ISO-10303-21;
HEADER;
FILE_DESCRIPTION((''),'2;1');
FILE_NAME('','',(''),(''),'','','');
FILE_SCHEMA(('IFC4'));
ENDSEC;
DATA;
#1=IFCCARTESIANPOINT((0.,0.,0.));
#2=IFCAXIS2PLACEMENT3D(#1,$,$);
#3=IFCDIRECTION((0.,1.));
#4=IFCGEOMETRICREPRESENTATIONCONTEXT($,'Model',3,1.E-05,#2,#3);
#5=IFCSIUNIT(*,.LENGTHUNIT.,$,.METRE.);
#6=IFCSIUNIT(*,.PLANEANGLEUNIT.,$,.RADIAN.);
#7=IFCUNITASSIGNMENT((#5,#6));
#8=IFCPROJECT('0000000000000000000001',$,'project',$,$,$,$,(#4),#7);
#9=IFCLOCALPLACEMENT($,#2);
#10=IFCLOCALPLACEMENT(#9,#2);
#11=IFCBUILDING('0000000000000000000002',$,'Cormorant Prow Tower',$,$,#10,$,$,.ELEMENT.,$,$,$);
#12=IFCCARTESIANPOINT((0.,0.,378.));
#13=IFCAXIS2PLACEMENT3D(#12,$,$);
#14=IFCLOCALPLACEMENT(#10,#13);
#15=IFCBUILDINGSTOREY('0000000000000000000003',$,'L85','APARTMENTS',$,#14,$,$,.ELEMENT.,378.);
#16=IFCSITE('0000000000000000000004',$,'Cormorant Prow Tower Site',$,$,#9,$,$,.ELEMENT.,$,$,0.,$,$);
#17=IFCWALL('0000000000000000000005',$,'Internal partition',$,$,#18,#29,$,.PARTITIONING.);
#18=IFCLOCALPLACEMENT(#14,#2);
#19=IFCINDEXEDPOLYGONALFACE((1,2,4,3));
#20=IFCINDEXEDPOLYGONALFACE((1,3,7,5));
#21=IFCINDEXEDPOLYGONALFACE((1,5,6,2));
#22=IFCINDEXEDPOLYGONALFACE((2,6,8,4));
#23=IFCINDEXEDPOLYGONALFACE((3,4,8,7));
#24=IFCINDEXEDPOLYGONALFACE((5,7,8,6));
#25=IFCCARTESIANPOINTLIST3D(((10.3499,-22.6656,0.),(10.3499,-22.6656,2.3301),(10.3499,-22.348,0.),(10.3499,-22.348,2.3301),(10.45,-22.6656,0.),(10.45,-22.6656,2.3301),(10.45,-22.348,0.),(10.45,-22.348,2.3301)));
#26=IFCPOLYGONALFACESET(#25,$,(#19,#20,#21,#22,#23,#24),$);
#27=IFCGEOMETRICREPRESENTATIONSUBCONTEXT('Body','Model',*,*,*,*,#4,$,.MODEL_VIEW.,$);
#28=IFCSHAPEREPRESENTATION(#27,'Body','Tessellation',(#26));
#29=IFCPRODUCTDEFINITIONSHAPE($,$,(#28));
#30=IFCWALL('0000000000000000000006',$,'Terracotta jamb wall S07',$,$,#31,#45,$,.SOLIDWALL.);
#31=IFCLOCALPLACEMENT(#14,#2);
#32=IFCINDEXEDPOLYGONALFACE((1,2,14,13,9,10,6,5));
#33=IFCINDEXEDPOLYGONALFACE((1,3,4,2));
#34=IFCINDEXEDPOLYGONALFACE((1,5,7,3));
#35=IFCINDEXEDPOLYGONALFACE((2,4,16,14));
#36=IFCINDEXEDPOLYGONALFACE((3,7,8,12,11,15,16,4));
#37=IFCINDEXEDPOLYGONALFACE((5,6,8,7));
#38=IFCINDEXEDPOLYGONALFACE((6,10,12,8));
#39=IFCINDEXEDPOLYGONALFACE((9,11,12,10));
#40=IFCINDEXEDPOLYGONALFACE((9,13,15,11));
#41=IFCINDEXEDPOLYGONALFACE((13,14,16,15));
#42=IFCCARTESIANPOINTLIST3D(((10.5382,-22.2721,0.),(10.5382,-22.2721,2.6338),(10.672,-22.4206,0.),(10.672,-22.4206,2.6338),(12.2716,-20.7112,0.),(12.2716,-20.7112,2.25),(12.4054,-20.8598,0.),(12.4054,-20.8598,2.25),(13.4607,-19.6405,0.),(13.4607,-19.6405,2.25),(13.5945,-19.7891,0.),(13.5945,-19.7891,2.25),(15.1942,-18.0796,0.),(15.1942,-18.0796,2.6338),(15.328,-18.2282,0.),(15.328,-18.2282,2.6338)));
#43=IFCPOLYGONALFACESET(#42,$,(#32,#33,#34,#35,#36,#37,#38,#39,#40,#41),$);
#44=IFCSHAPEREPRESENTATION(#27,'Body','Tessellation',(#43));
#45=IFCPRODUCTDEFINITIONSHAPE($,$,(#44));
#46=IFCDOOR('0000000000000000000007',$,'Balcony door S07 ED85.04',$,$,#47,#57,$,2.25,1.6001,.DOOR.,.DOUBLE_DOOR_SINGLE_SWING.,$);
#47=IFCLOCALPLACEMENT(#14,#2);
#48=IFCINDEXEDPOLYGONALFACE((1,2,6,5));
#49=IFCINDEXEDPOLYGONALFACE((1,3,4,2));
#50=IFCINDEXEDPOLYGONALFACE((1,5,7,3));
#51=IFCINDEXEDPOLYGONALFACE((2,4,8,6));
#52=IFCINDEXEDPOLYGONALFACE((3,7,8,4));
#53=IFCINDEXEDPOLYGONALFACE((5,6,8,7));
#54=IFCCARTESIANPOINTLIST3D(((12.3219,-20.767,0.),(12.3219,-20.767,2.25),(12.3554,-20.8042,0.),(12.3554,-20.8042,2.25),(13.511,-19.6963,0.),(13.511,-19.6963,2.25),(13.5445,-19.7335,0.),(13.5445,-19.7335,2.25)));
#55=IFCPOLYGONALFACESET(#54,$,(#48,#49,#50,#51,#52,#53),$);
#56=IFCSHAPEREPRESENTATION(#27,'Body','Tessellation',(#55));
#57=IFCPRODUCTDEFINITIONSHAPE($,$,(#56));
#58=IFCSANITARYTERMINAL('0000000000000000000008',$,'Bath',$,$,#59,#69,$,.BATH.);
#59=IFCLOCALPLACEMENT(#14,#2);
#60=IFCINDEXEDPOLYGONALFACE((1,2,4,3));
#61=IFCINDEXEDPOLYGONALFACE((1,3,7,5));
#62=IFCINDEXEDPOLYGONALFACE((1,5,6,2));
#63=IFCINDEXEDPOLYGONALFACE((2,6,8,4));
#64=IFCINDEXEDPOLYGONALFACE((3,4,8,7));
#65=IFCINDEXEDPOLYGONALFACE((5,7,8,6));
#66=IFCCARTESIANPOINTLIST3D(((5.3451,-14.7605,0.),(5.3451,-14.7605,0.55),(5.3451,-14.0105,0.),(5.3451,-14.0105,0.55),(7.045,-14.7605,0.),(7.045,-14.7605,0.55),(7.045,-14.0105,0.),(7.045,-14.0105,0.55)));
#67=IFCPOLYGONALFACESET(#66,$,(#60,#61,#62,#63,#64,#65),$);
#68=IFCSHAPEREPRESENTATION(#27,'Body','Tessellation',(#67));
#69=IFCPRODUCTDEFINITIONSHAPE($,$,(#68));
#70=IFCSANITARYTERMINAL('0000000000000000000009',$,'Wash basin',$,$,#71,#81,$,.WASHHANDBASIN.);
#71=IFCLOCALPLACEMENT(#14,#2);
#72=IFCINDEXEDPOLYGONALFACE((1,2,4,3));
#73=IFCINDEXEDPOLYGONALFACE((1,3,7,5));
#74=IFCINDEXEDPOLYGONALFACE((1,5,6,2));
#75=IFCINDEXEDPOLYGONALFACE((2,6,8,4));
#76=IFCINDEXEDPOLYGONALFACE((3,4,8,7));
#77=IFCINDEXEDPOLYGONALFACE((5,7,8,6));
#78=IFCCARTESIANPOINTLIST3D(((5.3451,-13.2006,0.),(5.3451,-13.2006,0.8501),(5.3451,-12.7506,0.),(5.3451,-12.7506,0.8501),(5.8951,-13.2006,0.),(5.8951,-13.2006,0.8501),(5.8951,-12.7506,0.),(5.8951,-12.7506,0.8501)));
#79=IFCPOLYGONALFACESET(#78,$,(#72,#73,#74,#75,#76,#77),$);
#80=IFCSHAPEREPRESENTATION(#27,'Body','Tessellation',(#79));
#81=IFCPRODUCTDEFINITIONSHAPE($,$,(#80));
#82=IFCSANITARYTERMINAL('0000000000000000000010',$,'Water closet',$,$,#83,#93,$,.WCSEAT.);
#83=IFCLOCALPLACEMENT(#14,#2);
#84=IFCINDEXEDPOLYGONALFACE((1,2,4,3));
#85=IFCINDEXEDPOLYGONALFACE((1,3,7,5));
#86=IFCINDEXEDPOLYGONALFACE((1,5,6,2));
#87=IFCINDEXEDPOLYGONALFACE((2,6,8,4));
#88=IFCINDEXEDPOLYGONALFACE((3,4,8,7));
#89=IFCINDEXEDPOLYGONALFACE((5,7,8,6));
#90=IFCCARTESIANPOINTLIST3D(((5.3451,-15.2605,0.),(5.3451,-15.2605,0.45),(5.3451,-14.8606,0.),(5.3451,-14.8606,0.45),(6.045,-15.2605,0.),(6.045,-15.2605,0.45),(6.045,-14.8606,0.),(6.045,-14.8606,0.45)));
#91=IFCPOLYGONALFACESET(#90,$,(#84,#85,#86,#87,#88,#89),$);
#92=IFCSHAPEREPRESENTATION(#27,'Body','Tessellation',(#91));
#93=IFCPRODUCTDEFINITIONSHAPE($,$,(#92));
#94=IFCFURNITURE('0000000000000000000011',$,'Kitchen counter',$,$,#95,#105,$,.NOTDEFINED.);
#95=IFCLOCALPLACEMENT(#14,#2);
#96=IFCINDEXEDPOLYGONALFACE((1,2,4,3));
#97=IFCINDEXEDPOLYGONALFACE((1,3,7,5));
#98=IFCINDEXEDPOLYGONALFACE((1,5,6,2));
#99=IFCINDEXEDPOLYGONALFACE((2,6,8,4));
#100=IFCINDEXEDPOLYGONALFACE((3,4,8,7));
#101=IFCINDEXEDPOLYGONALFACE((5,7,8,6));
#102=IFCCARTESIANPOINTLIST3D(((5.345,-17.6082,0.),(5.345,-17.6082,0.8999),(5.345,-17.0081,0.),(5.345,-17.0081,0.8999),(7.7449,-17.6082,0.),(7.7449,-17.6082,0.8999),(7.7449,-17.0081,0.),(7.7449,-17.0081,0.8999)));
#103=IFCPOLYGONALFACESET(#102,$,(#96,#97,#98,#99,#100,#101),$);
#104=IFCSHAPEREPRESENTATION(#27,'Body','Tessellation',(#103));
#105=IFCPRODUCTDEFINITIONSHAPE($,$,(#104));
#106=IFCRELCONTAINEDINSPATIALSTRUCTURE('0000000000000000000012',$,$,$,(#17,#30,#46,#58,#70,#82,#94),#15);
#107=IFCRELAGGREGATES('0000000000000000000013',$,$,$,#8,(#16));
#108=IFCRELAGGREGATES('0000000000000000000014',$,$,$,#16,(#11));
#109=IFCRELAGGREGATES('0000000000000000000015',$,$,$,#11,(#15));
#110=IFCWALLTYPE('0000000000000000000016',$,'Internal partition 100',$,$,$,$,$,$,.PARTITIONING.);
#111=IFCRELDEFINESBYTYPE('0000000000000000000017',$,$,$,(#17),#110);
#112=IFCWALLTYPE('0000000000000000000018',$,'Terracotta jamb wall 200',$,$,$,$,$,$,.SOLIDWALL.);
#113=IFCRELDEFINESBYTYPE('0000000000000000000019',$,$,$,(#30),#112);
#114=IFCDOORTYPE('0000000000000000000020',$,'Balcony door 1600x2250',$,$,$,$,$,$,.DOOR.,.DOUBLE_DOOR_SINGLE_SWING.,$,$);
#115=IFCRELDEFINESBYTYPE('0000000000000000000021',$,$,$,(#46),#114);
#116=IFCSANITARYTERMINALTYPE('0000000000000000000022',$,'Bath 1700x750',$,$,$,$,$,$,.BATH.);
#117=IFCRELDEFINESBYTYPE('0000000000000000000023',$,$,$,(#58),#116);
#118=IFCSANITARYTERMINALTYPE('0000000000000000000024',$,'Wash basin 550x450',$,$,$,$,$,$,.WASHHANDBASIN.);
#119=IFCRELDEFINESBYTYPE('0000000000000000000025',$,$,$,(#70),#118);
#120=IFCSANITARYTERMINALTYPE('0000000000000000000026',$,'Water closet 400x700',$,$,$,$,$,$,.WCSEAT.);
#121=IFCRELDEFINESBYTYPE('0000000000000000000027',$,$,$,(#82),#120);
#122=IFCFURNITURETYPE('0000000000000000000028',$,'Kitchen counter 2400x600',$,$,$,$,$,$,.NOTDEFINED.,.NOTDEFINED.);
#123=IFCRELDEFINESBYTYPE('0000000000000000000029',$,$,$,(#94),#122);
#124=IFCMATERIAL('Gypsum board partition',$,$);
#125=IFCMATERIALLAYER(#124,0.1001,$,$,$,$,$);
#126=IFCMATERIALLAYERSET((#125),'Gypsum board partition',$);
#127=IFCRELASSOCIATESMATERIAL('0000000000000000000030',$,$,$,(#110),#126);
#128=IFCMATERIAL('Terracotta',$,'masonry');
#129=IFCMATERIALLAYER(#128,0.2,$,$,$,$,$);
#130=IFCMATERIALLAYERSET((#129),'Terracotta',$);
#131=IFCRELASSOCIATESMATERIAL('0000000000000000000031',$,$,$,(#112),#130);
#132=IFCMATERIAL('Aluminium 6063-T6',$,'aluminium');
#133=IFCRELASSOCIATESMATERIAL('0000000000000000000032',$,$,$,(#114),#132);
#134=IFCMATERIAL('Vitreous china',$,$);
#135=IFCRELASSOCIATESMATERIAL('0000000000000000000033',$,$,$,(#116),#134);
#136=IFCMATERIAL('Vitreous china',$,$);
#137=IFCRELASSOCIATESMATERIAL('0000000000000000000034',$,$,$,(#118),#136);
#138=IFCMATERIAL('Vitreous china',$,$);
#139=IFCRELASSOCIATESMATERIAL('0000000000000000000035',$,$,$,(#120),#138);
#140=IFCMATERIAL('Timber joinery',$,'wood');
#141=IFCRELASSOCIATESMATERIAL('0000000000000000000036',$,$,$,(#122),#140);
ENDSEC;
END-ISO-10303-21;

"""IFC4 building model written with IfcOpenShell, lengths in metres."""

from ifc_helpers import new_model, si_unit, direction, frame, frame_2d, origin, origin_2d, place, context, subcontext, project, spatial, rectangle, extrude, material, layer, layer_set, type_object, element, fill, save


model = new_model("IFC4")

# Units and contexts
model_context = context("Model", 3, precision=1e-05, world=origin(), true_north=direction((0.0, 1.0)))
body_context = subcontext(model_context, "Body", "Model", "MODEL_VIEW")
ifc_project = project(units=[si_unit("LENGTHUNIT", "METRE"), si_unit("PLANEANGLEUNIT", "RADIAN")], contexts=[model_context])

# Site, building, storey
site_placement = place(None, origin())
site = spatial("IfcSite", under=ifc_project, at=site_placement, Name="Cormorant Prow Tower Site", CompositionType="ELEMENT", RefElevation=0.0)
building_placement = place(site_placement, origin())
building = spatial("IfcBuilding", under=site, at=building_placement, Name="Cormorant Prow Tower", CompositionType="ELEMENT")
storey_placement = place(building_placement, frame((0.0, 0.0, 378.0)))
storey = spatial("IfcBuildingStorey", under=building, at=storey_placement, Name="L85", Description="APARTMENTS", CompositionType="ELEMENT", Elevation=378.0)

# Shared definitions
ifc_material_1 = material(Name="Gypsum board partition")
ifc_layer_1 = layer(ifc_material_1, 0.1001)
ifc_layer_set_1 = layer_set([ifc_layer_1], Name="Gypsum board partition")
wall_type_1 = type_object("IfcWallType", Name="Internal partition 100", PredefinedType="PARTITIONING", material=ifc_layer_set_1)

# Wall
wall_1_placement = place(storey_placement, frame((10.3999, -22.6655, 0.0), z_axis=(0.0, 0.0, 1.0), x_axis=(0.0, 1.0, 0.0)))
element("IfcWall", 1, at=wall_1_placement, inside=storey, type_object=wall_type_1, Name="Internal partition", PredefinedType="PARTITIONING", context=body_context, shape_type="SweptSolid", body=[
    extrude(rectangle(XDim=0.3176, YDim=0.1001, at=frame_2d((0.1587, 0.0))), origin(), (0.0, 0.0, 1.0), 2.3301),
])

# Wall, opening, door
ifc_material_2 = material(Name="Terracotta", Category="masonry")
ifc_layer_2 = layer(ifc_material_2, 0.2)
ifc_layer_set_2 = layer_set([ifc_layer_2], Name="Terracotta")
wall_type_2 = type_object("IfcWallType", Name="Terracotta jamb wall 200", PredefinedType="SOLIDWALL", material=ifc_layer_set_2)
wall_2_placement = place(storey_placement, frame((10.605, -22.3464, 0.0), z_axis=(0.0, 0.0, 1.0), x_axis=(0.743137, 0.669139, 0.0)))
wall_2 = element("IfcWall", 2, at=wall_2_placement, inside=storey, type_object=wall_type_2, Name="Terracotta jamb wall S07", PredefinedType="SOLIDWALL", context=body_context, shape_type="SweptSolid", body=[
    extrude(rectangle(XDim=6.2654, YDim=0.2, at=frame_2d((3.1328, 0.0))), origin(), (0.0, 0.0, 1.0), 2.6338),
])
opening_1_placement = place(wall_2_placement, frame((2.3328, 0.0, 0.0)))
opening_1 = element("IfcOpeningElement", 3, at=opening_1_placement, cuts=wall_2, PredefinedType="OPENING", context=body_context, shape_type="SweptSolid", body=[
    extrude(rectangle(XDim=1.6001, YDim=2.25, at=frame_2d((0.8, 1.125))), frame((0.0, 0.1099, 0.0), z_axis=(0.0, -1.0, 0.0), x_axis=(1.0, 0.0, 0.0)), (0.0, 0.0, 1.0), 0.22),
])
ifc_material_3 = material(Name="Aluminium 6063-T6", Category="aluminium")
door_type_1 = type_object("IfcDoorType", Name="Balcony door 1600x2250", OperationType="DOUBLE_DOOR_SINGLE_SWING", PredefinedType="DOOR", material=ifc_material_3)
door_1_placement = place(opening_1_placement, origin())
door_1 = element("IfcDoor", 4, at=door_1_placement, inside=storey, type_object=door_type_1, Name="Balcony door S07 ED85.04", OperationType="DOUBLE_DOOR_SINGLE_SWING", OverallHeight=2.25, OverallWidth=1.6001, PredefinedType="DOOR", context=body_context, shape_type="SweptSolid", body=[
    extrude(rectangle(XDim=1.6001, YDim=2.25, at=frame_2d((0.8, 1.125))), frame((0.0, 0.0249, 0.0), z_axis=(0.0, -1.0, 0.0), x_axis=(1.0, 0.0, 0.0)), (0.0, 0.0, 1.0), 0.05),
])
fill(opening_1, door_1)

# Sanitary terminals
ifc_material_4 = material(Name="Vitreous china")
sanitary_terminal_type_1 = type_object("IfcSanitaryTerminalType", Name="Bath 1700x750", PredefinedType="BATH", material=ifc_material_4)
sanitary_terminal_1_placement = place(storey_placement, frame((6.1951, -14.3855, 0.0), z_axis=(0.0, 0.0, 1.0), x_axis=(1.0, 0.0, 0.0)))
element("IfcSanitaryTerminal", 5, at=sanitary_terminal_1_placement, inside=storey, type_object=sanitary_terminal_type_1, Name="Bath", PredefinedType="BATH", context=body_context, shape_type="SweptSolid", body=[
    extrude(rectangle(XDim=1.7, YDim=0.75, at=origin_2d()), origin(), (0.0, 0.0, 1.0), 0.55),
])
ifc_material_5 = material(Name="Vitreous china")
sanitary_terminal_type_2 = type_object("IfcSanitaryTerminalType", Name="Wash basin 550x450", PredefinedType="WASHHANDBASIN", material=ifc_material_5)
sanitary_terminal_2_placement = place(storey_placement, frame((5.6201, -12.9756, 0.0), z_axis=(0.0, 0.0, 1.0), x_axis=(1.0, 0.0, 0.0)))
element("IfcSanitaryTerminal", 6, at=sanitary_terminal_2_placement, inside=storey, type_object=sanitary_terminal_type_2, Name="Wash basin", PredefinedType="WASHHANDBASIN", context=body_context, shape_type="SweptSolid", body=[
    extrude(rectangle(XDim=0.55, YDim=0.45, at=origin_2d()), origin(), (0.0, 0.0, 1.0), 0.8501),
])
ifc_material_6 = material(Name="Vitreous china")
sanitary_terminal_type_3 = type_object("IfcSanitaryTerminalType", Name="Water closet 400x700", PredefinedType="WCSEAT", material=ifc_material_6)
sanitary_terminal_3_placement = place(storey_placement, frame((5.6951, -15.0605, 0.0), z_axis=(0.0, 0.0, 1.0), x_axis=(0.0, 1.0, 0.0)))
element("IfcSanitaryTerminal", 7, at=sanitary_terminal_3_placement, inside=storey, type_object=sanitary_terminal_type_3, Name="Water closet", PredefinedType="WCSEAT", context=body_context, shape_type="SweptSolid", body=[
    extrude(rectangle(XDim=0.3999, YDim=0.7, at=origin_2d()), origin(), (0.0, 0.0, 1.0), 0.45),
])

# Furniture
ifc_material_7 = material(Name="Timber joinery", Category="wood")
furniture_type = type_object("IfcFurnitureType", Name="Kitchen counter 2400x600", AssemblyPlace="NOTDEFINED", PredefinedType="NOTDEFINED", material=ifc_material_7)
furniture_placement = place(storey_placement, frame((6.5449, -17.3081, 0.0), z_axis=(0.0, 0.0, 1.0), x_axis=(1.0, 0.0, 0.0)))
element("IfcFurniture", 8, at=furniture_placement, inside=storey, type_object=furniture_type, Name="Kitchen counter", PredefinedType="NOTDEFINED", context=body_context, shape_type="SweptSolid", body=[
    extrude(rectangle(XDim=2.3999, YDim=0.6001, at=origin_2d()), origin(), (0.0, 0.0, 1.0), 0.8999),
])

save(model, "model.ifc")
